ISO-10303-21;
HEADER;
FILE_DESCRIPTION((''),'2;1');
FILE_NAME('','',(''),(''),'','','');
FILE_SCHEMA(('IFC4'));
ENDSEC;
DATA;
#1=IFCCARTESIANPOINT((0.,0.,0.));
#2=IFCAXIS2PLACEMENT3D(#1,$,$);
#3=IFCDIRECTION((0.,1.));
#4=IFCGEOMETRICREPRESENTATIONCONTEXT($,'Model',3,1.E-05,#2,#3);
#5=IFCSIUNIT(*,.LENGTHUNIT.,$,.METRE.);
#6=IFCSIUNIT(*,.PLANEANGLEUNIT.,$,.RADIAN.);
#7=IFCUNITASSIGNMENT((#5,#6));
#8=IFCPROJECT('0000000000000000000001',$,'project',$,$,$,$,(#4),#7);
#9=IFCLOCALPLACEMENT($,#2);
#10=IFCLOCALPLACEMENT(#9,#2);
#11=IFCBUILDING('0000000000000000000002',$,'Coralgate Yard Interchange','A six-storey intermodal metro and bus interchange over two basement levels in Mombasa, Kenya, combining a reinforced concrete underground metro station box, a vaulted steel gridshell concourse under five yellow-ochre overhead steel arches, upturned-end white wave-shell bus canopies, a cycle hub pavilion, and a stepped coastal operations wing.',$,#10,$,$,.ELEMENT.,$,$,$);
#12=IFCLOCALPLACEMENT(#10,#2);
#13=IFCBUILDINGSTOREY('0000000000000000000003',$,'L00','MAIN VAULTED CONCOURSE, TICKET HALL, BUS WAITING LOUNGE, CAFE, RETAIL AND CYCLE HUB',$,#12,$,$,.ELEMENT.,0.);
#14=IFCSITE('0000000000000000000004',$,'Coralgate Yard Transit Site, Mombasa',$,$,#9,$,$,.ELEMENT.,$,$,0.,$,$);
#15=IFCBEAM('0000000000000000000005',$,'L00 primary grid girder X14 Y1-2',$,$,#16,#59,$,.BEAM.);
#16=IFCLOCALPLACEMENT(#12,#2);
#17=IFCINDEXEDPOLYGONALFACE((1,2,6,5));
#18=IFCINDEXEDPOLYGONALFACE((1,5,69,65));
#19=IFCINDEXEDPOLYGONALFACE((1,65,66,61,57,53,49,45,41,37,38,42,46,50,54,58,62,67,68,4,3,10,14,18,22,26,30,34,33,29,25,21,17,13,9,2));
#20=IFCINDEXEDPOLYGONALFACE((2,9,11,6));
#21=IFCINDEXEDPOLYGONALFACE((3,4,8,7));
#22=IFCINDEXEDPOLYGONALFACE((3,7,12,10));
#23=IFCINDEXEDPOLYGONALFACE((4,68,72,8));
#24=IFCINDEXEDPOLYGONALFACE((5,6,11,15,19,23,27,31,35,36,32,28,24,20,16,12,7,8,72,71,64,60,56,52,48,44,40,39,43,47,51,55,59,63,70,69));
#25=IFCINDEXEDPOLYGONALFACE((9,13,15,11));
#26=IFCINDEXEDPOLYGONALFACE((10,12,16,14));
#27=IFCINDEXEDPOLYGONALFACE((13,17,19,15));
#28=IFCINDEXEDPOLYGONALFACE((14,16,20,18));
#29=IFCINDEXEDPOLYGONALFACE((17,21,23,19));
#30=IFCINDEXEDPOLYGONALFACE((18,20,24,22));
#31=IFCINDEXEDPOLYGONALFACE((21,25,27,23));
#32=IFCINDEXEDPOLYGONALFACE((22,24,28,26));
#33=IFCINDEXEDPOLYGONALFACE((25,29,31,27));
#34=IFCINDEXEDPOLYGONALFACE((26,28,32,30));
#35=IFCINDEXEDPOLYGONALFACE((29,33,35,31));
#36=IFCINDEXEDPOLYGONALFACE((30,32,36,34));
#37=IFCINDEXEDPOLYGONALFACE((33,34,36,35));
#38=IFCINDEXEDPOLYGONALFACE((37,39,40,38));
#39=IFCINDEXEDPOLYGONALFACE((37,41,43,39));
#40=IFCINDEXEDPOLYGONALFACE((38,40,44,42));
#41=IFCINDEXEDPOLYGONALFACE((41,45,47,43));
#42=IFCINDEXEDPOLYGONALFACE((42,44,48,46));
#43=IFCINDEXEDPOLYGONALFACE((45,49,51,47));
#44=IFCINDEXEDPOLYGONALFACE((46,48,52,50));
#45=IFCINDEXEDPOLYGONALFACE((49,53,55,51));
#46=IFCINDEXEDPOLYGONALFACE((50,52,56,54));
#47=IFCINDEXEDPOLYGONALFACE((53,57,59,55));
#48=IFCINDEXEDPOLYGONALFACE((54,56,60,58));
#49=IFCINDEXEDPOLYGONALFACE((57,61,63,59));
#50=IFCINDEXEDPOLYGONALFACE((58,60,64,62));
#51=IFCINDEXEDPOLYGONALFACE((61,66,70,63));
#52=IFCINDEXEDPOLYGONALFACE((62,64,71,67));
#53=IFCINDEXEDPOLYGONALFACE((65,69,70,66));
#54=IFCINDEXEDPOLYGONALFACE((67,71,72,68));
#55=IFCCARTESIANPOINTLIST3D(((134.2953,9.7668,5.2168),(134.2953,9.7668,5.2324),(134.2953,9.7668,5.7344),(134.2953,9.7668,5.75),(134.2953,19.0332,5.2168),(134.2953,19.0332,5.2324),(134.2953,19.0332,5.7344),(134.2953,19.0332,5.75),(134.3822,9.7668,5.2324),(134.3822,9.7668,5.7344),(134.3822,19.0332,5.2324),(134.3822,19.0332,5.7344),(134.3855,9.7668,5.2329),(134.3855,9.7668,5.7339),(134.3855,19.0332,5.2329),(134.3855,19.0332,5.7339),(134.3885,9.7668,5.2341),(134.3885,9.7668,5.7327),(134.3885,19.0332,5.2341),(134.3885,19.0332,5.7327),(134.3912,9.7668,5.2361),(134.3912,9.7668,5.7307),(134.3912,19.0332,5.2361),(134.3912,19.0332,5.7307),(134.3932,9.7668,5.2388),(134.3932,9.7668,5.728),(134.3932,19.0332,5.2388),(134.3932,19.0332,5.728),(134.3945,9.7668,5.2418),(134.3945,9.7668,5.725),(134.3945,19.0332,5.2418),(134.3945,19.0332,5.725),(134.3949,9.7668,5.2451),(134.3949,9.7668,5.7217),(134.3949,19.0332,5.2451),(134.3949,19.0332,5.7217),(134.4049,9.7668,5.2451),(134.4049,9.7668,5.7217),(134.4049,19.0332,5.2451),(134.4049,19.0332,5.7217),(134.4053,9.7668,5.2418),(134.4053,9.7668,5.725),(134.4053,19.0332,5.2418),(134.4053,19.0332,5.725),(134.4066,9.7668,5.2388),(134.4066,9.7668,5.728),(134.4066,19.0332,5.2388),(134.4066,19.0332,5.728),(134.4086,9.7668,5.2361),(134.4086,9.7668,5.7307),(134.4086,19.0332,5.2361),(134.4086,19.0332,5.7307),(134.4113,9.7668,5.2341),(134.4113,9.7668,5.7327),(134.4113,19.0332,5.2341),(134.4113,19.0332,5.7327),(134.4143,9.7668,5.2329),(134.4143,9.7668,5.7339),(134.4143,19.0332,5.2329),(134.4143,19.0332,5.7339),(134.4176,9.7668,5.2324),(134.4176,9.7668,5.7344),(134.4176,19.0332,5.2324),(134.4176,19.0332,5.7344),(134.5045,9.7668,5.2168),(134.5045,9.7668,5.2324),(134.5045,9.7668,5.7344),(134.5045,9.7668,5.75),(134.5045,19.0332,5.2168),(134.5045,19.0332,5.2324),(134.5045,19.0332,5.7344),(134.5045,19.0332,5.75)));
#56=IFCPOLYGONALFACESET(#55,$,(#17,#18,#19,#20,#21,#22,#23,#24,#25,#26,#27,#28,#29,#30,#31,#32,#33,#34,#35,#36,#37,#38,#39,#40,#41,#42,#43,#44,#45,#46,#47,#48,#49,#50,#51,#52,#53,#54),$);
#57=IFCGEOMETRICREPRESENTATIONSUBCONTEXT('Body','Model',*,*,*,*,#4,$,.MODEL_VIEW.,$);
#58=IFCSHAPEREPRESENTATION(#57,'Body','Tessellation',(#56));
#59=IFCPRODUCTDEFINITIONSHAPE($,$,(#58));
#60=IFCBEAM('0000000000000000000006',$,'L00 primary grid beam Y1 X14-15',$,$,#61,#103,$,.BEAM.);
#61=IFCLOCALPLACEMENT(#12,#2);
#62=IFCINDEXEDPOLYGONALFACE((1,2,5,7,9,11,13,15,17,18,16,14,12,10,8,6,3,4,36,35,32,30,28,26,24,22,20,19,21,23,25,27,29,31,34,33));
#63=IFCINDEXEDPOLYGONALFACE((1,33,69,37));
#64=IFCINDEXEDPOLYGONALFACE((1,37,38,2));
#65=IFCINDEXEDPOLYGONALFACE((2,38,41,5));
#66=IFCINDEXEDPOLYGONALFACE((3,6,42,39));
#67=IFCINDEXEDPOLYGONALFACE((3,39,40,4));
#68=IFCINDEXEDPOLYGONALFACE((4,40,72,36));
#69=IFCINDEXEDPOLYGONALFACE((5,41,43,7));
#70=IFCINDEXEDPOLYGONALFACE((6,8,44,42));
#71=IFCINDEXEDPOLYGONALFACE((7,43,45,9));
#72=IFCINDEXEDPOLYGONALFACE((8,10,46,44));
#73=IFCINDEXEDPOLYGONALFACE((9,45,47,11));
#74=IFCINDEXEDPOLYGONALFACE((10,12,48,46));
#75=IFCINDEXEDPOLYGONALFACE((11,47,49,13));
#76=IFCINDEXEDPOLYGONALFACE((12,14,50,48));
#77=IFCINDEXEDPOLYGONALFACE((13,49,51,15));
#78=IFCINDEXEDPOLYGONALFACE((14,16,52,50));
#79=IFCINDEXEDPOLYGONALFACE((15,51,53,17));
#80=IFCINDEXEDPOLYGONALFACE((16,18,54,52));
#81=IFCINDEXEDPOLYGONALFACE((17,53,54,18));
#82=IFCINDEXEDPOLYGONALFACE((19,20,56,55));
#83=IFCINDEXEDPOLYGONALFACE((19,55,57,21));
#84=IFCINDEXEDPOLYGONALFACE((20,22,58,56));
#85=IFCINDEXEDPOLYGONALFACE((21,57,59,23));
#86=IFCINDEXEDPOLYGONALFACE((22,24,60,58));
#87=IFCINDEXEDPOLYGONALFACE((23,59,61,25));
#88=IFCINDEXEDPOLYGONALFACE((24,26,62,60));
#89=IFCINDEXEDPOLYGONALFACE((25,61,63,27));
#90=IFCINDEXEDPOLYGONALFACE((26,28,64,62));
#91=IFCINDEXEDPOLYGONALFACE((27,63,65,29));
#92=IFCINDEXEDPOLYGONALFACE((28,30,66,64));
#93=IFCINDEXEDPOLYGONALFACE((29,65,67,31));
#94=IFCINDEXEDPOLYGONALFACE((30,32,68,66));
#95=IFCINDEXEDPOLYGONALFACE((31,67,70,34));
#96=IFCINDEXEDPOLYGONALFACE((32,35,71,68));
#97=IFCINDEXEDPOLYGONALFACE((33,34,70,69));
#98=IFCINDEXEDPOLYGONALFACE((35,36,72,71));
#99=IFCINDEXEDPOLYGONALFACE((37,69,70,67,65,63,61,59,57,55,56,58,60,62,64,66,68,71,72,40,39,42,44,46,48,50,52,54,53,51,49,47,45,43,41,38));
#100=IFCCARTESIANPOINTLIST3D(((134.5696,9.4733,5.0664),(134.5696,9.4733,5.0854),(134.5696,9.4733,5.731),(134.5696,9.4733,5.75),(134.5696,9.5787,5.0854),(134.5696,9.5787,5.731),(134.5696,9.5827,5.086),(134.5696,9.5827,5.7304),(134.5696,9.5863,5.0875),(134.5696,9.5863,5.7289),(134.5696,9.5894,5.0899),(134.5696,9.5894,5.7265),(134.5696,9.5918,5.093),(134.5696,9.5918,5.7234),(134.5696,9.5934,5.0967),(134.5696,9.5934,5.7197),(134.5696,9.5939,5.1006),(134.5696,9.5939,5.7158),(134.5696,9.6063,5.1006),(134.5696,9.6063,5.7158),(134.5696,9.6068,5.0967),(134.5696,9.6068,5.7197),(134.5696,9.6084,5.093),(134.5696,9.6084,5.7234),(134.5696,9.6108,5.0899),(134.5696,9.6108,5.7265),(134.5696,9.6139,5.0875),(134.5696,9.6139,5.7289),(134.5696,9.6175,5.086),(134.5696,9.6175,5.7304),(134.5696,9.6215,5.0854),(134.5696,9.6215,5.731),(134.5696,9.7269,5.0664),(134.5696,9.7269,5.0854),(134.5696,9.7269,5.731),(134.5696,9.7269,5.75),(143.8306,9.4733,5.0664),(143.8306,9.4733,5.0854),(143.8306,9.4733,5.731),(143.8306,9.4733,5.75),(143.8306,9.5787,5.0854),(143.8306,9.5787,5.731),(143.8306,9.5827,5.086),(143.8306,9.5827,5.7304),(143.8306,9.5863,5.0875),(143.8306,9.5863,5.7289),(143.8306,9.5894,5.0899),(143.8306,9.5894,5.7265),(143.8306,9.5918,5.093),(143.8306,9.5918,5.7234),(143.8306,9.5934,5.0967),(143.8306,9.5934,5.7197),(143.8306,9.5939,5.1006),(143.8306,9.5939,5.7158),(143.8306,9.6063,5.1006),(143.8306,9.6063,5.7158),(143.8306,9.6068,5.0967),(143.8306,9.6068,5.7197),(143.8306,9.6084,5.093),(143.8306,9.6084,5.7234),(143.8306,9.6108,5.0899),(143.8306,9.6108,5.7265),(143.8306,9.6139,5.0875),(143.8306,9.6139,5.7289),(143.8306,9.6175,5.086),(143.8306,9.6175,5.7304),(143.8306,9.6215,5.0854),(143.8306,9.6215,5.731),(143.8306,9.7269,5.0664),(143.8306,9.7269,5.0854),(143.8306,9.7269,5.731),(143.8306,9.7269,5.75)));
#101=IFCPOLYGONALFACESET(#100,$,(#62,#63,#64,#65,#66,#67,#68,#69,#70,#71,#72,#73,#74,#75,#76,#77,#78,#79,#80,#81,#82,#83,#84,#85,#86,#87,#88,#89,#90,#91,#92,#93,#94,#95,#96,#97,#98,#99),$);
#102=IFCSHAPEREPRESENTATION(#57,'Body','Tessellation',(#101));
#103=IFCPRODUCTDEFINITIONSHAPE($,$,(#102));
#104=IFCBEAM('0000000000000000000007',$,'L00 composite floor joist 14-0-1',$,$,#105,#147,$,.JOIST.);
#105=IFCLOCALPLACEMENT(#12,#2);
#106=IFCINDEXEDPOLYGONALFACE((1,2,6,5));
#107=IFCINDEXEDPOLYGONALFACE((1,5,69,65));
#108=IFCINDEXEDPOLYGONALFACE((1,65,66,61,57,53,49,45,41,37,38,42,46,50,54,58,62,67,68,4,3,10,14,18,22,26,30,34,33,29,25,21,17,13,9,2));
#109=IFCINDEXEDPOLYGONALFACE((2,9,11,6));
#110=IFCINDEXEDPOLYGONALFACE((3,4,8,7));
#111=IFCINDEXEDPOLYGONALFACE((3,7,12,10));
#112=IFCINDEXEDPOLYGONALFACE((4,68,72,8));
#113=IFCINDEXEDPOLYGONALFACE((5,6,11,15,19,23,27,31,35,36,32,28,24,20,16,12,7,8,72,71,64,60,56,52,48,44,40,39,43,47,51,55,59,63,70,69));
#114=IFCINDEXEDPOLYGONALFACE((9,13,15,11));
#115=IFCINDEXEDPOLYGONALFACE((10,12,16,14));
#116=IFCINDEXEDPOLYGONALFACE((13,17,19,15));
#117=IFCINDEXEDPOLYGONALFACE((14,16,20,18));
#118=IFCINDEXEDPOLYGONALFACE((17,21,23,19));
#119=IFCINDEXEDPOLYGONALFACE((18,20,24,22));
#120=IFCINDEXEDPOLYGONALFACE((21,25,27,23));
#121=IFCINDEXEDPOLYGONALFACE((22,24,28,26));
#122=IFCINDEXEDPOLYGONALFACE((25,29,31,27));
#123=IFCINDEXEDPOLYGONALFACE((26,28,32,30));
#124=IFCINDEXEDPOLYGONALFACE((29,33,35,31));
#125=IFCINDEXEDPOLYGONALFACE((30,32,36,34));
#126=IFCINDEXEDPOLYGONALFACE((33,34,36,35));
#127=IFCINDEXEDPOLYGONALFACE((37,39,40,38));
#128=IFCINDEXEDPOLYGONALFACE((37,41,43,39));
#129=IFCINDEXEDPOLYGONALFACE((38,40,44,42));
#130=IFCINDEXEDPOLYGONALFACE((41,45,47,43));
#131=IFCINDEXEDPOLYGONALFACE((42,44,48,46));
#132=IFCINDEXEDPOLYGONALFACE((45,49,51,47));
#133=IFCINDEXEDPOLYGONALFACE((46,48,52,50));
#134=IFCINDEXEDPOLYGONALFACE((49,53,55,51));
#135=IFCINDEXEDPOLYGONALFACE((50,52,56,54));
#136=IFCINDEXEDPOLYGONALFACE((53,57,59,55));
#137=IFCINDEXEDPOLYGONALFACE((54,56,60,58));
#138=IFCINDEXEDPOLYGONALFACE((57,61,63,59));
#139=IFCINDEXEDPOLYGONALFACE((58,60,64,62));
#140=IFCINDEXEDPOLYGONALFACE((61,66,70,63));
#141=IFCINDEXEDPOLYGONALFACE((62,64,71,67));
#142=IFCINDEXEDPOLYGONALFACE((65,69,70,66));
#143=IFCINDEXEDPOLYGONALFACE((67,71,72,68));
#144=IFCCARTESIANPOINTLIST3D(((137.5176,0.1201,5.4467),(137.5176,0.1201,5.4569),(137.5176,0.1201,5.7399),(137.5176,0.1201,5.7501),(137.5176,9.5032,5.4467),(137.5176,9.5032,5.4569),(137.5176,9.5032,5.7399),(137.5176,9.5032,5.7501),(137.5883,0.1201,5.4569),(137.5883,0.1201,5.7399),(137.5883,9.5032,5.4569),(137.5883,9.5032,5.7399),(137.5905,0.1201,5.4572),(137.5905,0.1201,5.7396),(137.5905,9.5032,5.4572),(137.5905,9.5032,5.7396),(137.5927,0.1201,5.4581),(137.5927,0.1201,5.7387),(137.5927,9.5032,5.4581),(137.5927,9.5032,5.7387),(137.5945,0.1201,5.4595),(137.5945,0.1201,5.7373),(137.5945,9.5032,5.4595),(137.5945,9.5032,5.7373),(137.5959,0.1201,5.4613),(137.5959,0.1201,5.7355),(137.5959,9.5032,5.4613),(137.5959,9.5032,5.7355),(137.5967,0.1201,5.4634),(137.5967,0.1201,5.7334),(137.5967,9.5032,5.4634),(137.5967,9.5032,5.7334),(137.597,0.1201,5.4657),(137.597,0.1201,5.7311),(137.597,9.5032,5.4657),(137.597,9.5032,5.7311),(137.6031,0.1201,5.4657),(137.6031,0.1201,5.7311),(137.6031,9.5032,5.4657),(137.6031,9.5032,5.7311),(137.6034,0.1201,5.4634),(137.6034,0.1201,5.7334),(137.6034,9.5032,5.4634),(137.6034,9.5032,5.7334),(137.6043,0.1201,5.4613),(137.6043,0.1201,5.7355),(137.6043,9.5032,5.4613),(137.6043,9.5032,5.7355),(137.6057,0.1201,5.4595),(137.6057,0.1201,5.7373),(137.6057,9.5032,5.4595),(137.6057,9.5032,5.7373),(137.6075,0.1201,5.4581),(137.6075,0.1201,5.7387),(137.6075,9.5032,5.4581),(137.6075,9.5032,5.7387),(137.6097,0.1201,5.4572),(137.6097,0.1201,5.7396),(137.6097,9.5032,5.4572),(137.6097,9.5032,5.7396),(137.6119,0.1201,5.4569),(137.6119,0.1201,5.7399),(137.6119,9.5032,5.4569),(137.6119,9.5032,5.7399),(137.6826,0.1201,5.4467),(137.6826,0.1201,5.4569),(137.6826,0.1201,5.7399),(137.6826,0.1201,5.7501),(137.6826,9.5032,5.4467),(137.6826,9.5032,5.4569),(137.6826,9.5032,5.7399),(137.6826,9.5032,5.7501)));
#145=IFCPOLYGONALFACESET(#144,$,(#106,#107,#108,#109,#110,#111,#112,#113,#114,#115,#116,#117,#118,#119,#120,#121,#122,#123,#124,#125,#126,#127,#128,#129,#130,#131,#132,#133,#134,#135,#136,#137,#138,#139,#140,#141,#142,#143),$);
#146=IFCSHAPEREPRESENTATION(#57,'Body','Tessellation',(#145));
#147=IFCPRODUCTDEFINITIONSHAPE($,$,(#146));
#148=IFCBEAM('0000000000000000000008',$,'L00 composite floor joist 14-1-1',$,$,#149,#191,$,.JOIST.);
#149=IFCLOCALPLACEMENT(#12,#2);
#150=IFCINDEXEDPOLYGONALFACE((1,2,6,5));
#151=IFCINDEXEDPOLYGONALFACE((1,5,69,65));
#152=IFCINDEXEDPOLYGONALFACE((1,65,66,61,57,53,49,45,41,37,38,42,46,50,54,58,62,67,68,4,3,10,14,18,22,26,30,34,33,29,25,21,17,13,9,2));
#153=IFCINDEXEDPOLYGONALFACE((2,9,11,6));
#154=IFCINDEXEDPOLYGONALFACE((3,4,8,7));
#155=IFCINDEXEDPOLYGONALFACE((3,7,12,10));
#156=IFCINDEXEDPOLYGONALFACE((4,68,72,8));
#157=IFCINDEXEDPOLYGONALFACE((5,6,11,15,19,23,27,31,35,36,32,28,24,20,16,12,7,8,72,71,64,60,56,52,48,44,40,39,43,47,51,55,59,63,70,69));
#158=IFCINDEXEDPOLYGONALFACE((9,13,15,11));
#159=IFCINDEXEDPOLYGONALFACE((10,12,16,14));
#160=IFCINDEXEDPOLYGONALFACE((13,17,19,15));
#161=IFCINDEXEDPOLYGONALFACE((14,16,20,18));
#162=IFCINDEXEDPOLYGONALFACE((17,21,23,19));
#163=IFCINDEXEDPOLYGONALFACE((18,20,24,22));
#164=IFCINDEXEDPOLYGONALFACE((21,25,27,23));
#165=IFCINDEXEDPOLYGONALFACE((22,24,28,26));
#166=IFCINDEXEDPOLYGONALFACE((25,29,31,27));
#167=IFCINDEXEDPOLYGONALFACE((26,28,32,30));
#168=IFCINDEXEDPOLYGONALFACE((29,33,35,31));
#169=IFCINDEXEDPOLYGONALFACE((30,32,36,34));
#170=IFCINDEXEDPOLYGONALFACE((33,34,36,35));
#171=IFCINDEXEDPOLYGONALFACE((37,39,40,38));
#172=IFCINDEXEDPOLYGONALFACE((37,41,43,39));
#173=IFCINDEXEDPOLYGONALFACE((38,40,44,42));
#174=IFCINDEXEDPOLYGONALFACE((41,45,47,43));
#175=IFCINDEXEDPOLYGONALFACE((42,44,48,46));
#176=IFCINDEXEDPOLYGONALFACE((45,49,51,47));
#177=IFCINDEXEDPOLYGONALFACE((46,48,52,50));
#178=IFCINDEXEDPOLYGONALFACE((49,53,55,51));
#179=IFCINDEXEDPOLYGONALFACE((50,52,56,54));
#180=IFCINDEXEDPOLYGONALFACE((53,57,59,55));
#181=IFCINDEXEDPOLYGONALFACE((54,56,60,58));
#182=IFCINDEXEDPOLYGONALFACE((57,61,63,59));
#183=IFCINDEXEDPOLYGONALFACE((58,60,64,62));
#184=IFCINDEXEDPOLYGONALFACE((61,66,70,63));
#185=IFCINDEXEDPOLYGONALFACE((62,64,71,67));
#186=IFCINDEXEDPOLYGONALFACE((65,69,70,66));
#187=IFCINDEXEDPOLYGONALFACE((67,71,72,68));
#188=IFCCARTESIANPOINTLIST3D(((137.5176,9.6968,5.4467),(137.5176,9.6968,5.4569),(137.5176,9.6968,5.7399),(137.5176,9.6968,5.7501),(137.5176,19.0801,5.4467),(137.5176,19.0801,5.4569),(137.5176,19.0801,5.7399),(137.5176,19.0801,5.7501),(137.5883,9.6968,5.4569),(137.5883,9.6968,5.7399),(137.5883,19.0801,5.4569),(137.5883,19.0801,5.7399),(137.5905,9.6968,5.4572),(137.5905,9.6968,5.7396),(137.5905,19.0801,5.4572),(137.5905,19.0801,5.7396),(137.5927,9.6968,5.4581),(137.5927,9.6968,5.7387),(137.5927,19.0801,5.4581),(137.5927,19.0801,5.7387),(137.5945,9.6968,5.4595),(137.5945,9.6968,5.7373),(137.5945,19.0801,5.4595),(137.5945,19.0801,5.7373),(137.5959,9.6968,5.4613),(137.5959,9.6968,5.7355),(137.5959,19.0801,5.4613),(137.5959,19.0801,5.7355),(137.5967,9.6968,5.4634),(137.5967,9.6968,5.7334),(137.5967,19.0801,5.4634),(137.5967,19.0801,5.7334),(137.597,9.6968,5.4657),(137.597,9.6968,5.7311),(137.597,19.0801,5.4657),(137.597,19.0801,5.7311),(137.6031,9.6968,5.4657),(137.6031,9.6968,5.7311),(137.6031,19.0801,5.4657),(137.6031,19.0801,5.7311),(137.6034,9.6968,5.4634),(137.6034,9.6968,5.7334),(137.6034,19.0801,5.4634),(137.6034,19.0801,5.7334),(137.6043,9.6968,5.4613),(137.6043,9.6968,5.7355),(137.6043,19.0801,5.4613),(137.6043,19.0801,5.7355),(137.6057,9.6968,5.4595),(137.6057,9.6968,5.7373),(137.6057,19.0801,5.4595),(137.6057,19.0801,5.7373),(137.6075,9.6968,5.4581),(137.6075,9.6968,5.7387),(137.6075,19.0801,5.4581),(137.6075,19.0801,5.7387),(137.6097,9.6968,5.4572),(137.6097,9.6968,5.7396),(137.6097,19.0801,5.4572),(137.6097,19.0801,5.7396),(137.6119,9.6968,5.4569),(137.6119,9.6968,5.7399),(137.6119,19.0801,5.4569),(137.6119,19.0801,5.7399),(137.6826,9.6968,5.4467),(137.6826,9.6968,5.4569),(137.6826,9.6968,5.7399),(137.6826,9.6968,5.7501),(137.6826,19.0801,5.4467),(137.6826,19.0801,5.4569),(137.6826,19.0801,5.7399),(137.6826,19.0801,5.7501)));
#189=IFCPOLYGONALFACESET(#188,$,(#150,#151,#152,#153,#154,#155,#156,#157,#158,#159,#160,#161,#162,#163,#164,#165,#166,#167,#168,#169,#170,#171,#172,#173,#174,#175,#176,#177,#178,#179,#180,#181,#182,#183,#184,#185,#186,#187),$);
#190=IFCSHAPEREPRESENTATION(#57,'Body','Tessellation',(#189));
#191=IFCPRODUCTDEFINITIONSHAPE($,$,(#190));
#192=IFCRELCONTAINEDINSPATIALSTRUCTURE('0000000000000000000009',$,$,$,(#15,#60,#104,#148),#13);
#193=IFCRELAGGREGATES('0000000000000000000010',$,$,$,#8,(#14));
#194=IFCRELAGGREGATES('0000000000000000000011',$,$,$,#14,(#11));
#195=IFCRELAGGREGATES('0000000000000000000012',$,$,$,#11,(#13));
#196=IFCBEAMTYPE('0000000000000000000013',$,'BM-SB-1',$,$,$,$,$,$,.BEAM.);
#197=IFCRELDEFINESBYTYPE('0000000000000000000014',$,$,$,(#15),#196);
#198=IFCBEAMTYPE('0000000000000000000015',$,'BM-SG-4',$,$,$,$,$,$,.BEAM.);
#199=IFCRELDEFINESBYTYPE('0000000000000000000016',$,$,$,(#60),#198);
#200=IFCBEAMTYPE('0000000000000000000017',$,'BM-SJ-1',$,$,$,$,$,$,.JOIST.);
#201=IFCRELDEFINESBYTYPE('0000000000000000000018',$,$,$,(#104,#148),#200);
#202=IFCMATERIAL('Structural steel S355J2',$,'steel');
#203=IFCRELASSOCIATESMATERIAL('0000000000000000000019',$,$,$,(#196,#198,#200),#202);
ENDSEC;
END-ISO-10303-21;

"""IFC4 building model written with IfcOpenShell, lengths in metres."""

from ifc_helpers import new_model, si_unit, direction, frame, origin, origin_2d, place, context, subcontext, project, spatial, i_section, extrude, material, material_profile, profile_set, type_object, element, save


model = new_model("IFC4")

# Units and contexts
model_context = context("Model", 3, precision=1e-05, world=origin(), true_north=direction((0.0, 1.0)))
body_context = subcontext(model_context, "Body", "Model", "MODEL_VIEW")
ifc_project = project(units=[si_unit("LENGTHUNIT", "METRE"), si_unit("PLANEANGLEUNIT", "RADIAN")], contexts=[model_context])

# Site, building, storey
site_placement = place(None, origin())
site = spatial("IfcSite", under=ifc_project, at=site_placement, Name="Coralgate Yard Transit Site, Mombasa", CompositionType="ELEMENT", RefElevation=0.0)
building_placement = place(site_placement, origin())
building = spatial("IfcBuilding", under=site, at=building_placement, Name="Coralgate Yard Interchange", Description="A six-storey intermodal metro and bus interchange over two basement levels in Mombasa, Kenya, combining a reinforced concrete underground metro station box, a vaulted steel gridshell concourse under five yellow-ochre overhead steel arches, upturned-end white wave-shell bus canopies, a cycle hub pavilion, and a stepped coastal operations wing.", CompositionType="ELEMENT")
storey_placement = place(building_placement, origin())
storey = spatial("IfcBuildingStorey", under=building, at=storey_placement, Name="L00", Description="MAIN VAULTED CONCOURSE, TICKET HALL, BUS WAITING LOUNGE, CAFE, RETAIL AND CYCLE HUB", CompositionType="ELEMENT", Elevation=0.0)

# Shared definitions
ifc_material_1 = material(Name="Structural steel S355J2", Category="steel")

# Beams
ifc_material_profile_1 = material_profile(ifc_material_1, i_section(OverallWidth=0.2092, OverallDepth=0.5332, WebThickness=0.01, FlangeThickness=0.0156, FilletRadius=0.0127, at=origin_2d()), Name="UB 533x210x92")
ifc_profile_set_1 = profile_set([ifc_material_profile_1], Name="Structural steel S355J2")
beam_type_1 = type_object("IfcBeamType", Name="BM-SB-1", PredefinedType="BEAM", material=ifc_profile_set_1)
beam_1_placement = place(storey_placement, frame((134.3999, 9.7668, 5.4834), z_axis=(0.0, 1.0, 0.0), x_axis=(-1.0, 0.0, 0.0)))
element("IfcBeam", 1, at=beam_1_placement, inside=storey, type_object=beam_type_1, Name="L00 primary grid girder X14 Y1-2", PredefinedType="BEAM", context=body_context, shape_type="SweptSolid", body=[
    extrude(i_section(OverallWidth=0.2092, OverallDepth=0.5332, WebThickness=0.01, FlangeThickness=0.0156, FilletRadius=0.0127, at=origin_2d()), origin(), (0.0, 0.0, 1.0), 9.2664),
])
ifc_material_profile_2 = material_profile(ifc_material_1, i_section(OverallWidth=0.2537, OverallDepth=0.6836, WebThickness=0.0125, FlangeThickness=0.019, FilletRadius=0.0151, at=origin_2d()), Name="UB 686x254x140")
ifc_profile_set_2 = profile_set([ifc_material_profile_2], Name="Structural steel S355J2")
beam_type_2 = type_object("IfcBeamType", Name="BM-SG-4", PredefinedType="BEAM", material=ifc_profile_set_2)
beam_2_placement = place(storey_placement, frame((134.5696, 9.6001, 5.4082), z_axis=(1.0, 0.0, 0.0), x_axis=(0.0, 1.0, 0.0)))
element("IfcBeam", 2, at=beam_2_placement, inside=storey, type_object=beam_type_2, Name="L00 primary grid beam Y1 X14-15", PredefinedType="BEAM", context=body_context, shape_type="SweptSolid", body=[
    extrude(i_section(OverallWidth=0.2537, OverallDepth=0.6836, WebThickness=0.0125, FlangeThickness=0.019, FilletRadius=0.0151, at=origin_2d()), origin(), (0.0, 0.0, 1.0), 9.261),
])
ifc_material_profile_3 = material_profile(ifc_material_1, i_section(OverallWidth=0.165, OverallDepth=0.3035, WebThickness=0.0061, FlangeThickness=0.0103, FilletRadius=0.0088, at=origin_2d()), Name="UB 305x165x40")
ifc_profile_set_3 = profile_set([ifc_material_profile_3], Name="Structural steel S355J2")
beam_type_3 = type_object("IfcBeamType", Name="BM-SJ-1", PredefinedType="JOIST", material=ifc_profile_set_3)
beam_3_placement = place(storey_placement, frame((137.6001, 0.1201, 5.5984), z_axis=(0.0, 1.0, 0.0), x_axis=(-1.0, 0.0, 0.0)))
element("IfcBeam", 3, at=beam_3_placement, inside=storey, type_object=beam_type_3, Name="L00 composite floor joist 14-0-1", PredefinedType="JOIST", context=body_context, shape_type="SweptSolid", body=[
    extrude(i_section(OverallWidth=0.165, OverallDepth=0.3035, WebThickness=0.0061, FlangeThickness=0.0103, FilletRadius=0.0088, at=origin_2d()), origin(), (0.0, 0.0, 1.0), 9.3831),
])
beam_4_placement = place(storey_placement, frame((137.6001, 9.6968, 5.5984), z_axis=(0.0, 1.0, 0.0), x_axis=(-1.0, 0.0, 0.0)))
element("IfcBeam", 4, at=beam_4_placement, inside=storey, type_object=beam_type_3, Name="L00 composite floor joist 14-1-1", PredefinedType="JOIST", context=body_context, shape_type="SweptSolid", body=[
    extrude(i_section(OverallWidth=0.165, OverallDepth=0.3035, WebThickness=0.0061, FlangeThickness=0.0103, FilletRadius=0.0088, at=origin_2d()), origin(), (0.0, 0.0, 1.0), 9.3833),
])

save(model, "model.ifc")
